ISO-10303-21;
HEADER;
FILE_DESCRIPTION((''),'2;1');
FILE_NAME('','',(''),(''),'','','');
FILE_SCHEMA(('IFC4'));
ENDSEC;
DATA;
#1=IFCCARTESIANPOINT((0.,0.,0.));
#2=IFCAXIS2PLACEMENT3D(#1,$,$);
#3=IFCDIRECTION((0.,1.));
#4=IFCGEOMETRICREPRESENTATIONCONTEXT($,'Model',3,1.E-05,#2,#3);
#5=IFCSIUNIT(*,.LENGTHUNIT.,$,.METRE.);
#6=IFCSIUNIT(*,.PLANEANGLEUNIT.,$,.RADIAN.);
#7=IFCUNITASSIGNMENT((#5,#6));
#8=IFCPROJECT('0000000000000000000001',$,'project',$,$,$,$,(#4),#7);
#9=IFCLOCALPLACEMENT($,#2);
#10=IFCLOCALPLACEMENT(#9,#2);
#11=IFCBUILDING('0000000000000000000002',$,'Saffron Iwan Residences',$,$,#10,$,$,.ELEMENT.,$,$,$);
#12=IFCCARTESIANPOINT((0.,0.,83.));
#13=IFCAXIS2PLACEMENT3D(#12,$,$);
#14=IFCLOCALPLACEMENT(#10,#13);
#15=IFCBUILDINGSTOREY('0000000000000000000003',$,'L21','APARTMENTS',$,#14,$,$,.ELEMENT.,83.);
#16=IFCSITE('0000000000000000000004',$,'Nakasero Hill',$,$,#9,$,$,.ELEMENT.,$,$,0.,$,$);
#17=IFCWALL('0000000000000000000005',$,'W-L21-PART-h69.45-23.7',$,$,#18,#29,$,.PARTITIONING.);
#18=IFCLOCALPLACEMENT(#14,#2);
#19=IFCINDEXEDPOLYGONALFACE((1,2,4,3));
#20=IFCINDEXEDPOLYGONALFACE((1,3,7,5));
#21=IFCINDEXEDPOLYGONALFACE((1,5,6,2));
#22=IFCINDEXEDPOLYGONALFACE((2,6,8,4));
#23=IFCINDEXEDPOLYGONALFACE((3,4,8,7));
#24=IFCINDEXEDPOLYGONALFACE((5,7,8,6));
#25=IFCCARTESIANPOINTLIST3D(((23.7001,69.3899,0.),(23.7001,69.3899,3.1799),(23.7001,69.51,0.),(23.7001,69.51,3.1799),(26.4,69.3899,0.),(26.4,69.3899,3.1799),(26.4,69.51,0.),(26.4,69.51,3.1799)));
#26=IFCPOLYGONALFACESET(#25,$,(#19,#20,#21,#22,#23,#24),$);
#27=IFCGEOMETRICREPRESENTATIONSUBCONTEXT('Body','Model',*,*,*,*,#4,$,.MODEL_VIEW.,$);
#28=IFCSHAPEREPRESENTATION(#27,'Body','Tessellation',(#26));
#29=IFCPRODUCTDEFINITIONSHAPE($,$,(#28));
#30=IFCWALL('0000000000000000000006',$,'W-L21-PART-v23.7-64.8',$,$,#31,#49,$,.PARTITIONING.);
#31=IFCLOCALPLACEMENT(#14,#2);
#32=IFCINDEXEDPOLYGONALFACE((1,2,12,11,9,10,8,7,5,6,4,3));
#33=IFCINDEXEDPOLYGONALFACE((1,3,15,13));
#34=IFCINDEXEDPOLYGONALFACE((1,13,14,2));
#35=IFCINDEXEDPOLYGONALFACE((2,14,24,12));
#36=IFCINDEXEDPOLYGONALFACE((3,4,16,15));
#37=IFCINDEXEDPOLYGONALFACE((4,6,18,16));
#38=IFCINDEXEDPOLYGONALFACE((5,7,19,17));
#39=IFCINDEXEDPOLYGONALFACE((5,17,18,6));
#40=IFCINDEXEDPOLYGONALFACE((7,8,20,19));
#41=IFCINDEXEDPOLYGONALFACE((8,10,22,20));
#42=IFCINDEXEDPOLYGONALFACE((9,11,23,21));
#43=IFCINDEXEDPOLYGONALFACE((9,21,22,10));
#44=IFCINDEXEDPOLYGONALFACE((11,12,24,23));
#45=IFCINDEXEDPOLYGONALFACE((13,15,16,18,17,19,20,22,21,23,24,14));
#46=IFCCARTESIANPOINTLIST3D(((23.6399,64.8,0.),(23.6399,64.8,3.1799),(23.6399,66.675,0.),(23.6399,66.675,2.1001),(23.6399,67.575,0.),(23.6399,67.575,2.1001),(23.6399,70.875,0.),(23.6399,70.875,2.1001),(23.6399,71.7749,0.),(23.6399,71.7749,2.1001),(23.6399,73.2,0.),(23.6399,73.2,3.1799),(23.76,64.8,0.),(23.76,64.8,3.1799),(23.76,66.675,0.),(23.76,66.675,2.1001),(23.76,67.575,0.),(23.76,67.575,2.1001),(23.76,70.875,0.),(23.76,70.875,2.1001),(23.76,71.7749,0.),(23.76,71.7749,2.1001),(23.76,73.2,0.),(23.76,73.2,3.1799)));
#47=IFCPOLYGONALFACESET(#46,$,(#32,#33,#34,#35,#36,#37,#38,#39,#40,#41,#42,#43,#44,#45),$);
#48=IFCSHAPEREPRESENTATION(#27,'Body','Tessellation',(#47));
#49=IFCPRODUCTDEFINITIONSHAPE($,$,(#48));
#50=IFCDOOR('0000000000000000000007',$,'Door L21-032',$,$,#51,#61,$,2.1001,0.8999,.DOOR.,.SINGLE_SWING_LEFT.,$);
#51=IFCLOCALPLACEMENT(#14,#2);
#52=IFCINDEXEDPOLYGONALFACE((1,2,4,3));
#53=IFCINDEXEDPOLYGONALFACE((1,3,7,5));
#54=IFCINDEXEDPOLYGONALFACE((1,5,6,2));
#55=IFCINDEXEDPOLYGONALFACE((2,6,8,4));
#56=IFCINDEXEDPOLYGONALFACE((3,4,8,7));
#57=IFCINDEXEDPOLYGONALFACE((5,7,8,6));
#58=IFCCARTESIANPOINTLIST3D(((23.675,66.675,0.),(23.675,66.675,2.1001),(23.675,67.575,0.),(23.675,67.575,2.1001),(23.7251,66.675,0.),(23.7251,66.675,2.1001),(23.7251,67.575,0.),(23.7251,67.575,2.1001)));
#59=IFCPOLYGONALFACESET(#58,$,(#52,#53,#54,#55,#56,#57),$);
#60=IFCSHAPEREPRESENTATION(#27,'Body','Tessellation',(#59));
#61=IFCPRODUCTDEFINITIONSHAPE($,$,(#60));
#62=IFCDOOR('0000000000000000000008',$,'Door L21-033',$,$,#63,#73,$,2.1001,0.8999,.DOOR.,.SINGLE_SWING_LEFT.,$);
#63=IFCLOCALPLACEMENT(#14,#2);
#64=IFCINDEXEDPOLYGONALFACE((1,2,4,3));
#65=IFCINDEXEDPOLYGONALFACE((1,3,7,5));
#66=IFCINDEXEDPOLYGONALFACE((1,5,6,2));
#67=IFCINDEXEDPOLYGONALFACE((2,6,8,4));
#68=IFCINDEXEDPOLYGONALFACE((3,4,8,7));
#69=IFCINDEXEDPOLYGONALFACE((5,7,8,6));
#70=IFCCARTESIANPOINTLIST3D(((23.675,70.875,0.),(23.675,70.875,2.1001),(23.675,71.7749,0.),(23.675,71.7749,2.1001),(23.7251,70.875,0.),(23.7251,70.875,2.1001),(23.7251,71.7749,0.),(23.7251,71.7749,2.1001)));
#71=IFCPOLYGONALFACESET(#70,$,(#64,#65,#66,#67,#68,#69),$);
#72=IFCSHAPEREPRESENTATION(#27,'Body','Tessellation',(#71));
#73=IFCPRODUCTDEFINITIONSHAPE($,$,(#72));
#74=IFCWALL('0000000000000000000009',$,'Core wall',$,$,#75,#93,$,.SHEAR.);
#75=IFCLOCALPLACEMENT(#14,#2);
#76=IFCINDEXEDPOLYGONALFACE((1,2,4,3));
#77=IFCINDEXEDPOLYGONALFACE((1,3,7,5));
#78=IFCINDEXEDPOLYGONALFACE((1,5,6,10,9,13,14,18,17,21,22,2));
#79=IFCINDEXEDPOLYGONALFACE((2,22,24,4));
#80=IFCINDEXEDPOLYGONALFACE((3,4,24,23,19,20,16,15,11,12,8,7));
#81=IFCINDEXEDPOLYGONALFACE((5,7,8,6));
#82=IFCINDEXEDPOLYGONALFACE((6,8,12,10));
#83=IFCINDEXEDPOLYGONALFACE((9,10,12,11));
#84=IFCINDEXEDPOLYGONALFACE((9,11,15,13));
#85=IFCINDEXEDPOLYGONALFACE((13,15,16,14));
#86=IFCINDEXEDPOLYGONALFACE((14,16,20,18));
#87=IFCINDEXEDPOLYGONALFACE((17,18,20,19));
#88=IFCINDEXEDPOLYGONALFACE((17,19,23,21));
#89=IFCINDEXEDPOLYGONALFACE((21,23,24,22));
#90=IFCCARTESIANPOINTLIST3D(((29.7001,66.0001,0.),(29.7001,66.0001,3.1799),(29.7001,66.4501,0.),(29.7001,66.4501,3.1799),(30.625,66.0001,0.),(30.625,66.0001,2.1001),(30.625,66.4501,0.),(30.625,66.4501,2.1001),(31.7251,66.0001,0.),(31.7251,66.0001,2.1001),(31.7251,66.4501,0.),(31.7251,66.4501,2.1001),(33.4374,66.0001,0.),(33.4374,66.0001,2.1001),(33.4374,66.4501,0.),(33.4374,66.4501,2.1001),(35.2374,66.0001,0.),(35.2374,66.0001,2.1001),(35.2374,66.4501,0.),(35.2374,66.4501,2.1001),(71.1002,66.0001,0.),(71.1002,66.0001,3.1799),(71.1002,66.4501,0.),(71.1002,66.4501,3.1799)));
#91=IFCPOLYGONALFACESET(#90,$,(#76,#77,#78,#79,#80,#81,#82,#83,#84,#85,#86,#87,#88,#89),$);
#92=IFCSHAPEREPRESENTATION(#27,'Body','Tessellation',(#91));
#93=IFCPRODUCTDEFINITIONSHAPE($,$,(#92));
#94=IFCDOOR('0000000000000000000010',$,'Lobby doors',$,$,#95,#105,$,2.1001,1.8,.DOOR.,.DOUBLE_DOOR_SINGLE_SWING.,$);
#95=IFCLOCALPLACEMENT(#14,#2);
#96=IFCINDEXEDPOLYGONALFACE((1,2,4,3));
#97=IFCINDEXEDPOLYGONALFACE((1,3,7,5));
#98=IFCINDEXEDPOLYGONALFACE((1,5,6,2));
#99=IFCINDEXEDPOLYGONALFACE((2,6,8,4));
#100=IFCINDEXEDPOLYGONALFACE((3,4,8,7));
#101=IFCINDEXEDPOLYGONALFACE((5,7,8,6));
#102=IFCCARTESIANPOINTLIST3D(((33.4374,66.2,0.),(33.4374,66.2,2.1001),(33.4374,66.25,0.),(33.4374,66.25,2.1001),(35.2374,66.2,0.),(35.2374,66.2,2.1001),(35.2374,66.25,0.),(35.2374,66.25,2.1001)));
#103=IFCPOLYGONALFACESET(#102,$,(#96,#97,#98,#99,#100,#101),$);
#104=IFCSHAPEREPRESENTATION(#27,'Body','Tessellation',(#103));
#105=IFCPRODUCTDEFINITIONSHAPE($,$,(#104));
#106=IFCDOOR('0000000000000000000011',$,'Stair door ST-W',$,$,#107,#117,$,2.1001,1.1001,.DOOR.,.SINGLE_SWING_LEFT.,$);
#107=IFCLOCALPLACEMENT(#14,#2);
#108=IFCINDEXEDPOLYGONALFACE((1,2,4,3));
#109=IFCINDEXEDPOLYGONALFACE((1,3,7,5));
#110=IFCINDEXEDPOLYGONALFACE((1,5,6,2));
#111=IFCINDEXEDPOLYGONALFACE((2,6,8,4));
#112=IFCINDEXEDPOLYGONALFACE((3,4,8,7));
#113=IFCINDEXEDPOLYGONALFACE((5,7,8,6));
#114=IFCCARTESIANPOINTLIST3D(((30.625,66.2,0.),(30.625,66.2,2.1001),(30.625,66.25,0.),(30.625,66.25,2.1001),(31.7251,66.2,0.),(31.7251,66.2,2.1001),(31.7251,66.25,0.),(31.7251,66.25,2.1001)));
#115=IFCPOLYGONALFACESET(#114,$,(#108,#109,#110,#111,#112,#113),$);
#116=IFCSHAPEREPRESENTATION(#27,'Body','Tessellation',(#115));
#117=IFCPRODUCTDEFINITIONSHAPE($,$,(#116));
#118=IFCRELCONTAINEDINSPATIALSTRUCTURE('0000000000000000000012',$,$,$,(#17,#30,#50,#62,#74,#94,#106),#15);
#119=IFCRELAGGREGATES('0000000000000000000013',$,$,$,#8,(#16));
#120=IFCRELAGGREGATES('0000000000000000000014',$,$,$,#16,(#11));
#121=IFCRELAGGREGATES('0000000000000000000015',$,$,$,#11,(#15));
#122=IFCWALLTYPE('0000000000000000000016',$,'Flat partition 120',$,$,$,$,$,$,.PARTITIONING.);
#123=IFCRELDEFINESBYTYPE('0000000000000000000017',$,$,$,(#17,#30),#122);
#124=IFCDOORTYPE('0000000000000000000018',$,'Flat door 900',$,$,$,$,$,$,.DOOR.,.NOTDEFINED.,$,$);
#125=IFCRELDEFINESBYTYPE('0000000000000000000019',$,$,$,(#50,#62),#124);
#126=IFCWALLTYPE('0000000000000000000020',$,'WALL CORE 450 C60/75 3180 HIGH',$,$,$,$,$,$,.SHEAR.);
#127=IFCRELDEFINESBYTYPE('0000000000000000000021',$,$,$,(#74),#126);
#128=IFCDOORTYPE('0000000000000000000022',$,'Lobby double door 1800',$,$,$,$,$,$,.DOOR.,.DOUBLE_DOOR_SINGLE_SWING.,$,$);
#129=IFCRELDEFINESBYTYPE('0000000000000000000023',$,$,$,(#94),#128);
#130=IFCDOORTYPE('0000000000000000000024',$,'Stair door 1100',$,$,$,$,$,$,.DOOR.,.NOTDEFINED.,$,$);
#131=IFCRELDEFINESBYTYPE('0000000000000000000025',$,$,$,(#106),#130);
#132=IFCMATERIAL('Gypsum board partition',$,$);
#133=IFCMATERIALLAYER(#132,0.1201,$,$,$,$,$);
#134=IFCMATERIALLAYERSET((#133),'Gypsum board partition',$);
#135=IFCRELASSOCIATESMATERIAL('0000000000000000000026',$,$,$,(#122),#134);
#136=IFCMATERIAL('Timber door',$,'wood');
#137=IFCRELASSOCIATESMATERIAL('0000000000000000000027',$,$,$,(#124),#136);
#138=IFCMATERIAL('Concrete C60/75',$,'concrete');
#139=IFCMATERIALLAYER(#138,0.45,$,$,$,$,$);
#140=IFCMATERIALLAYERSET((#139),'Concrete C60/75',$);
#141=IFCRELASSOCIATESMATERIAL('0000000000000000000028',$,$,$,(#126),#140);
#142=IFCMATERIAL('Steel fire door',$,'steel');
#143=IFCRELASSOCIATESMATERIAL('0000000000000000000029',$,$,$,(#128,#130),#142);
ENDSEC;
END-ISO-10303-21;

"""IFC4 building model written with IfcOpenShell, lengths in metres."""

from ifc_helpers import new_model, si_unit, direction, frame, frame_2d, origin, place, context, subcontext, project, spatial, rectangle, extrude, material, layer, layer_set, type_object, element, fill, save


model = new_model("IFC4")

# Units and contexts
model_context = context("Model", 3, precision=1e-05, world=origin(), true_north=direction((0.0, 1.0)))
body_context = subcontext(model_context, "Body", "Model", "MODEL_VIEW")
ifc_project = project(units=[si_unit("LENGTHUNIT", "METRE"), si_unit("PLANEANGLEUNIT", "RADIAN")], contexts=[model_context])

# Site, building, storey
site_placement = place(None, origin())
site = spatial("IfcSite", under=ifc_project, at=site_placement, Name="Nakasero Hill", CompositionType="ELEMENT", RefElevation=0.0)
building_placement = place(site_placement, origin())
building = spatial("IfcBuilding", under=site, at=building_placement, Name="Saffron Iwan Residences", CompositionType="ELEMENT")
storey_placement = place(building_placement, frame((0.0, 0.0, 83.0)))
storey = spatial("IfcBuildingStorey", under=building, at=storey_placement, Name="L21", Description="APARTMENTS", CompositionType="ELEMENT", Elevation=83.0)

# Wall
ifc_material_1 = material(Name="Gypsum board partition")
ifc_layer_1 = layer(ifc_material_1, 0.1201)
ifc_layer_set_1 = layer_set([ifc_layer_1], Name="Gypsum board partition")
wall_type_1 = type_object("IfcWallType", Name="Flat partition 120", PredefinedType="PARTITIONING", material=ifc_layer_set_1)
wall_1_placement = place(storey_placement, frame((23.7, 69.45, 0.0), z_axis=(0.0, 0.0, 1.0), x_axis=(1.0, 0.0, 0.0)))
element("IfcWall", 1, at=wall_1_placement, inside=storey, type_object=wall_type_1, Name="W-L21-PART-h69.45-23.7", PredefinedType="PARTITIONING", context=body_context, shape_type="SweptSolid", body=[
    extrude(rectangle(XDim=2.7, YDim=0.1201, at=frame_2d((1.3501, 0.0))), origin(), (0.0, 0.0, 1.0), 3.1799),
])

# Walls, openings, doors
wall_2_placement = place(storey_placement, frame((23.7, 64.8, 0.0), z_axis=(0.0, 0.0, 1.0), x_axis=(0.0, 1.0, 0.0)))
wall_2 = element("IfcWall", 2, at=wall_2_placement, inside=storey, type_object=wall_type_1, Name="W-L21-PART-v23.7-64.8", PredefinedType="PARTITIONING", context=body_context, shape_type="SweptSolid", body=[
    extrude(rectangle(XDim=8.3999, YDim=0.1201, at=frame_2d((4.2, 0.0))), origin(), (0.0, 0.0, 1.0), 3.1799),
])
opening_1_placement = place(wall_2_placement, frame((1.875, 0.0, 0.0)))
opening_1 = element("IfcOpeningElement", 3, at=opening_1_placement, cuts=wall_2, PredefinedType="OPENING", context=body_context, shape_type="SweptSolid", body=[
    extrude(rectangle(XDim=0.8999, YDim=2.1001, at=frame_2d((0.45, 1.05))), frame((0.0, 0.0701, 0.0), z_axis=(0.0, -1.0, 0.0), x_axis=(1.0, 0.0, 0.0)), (0.0, 0.0, 1.0), 0.1401),
])
opening_2_placement = place(wall_2_placement, frame((6.075, 0.0, 0.0)))
opening_2 = element("IfcOpeningElement", 4, at=opening_2_placement, cuts=wall_2, PredefinedType="OPENING", context=body_context, shape_type="SweptSolid", body=[
    extrude(rectangle(XDim=0.8999, YDim=2.1001, at=frame_2d((0.45, 1.05))), frame((0.0, 0.0701, 0.0), z_axis=(0.0, -1.0, 0.0), x_axis=(1.0, 0.0, 0.0)), (0.0, 0.0, 1.0), 0.1401),
])
ifc_material_2 = material(Name="Timber door", Category="wood")
door_type_1 = type_object("IfcDoorType", Name="Flat door 900", OperationType="NOTDEFINED", PredefinedType="DOOR", material=ifc_material_2)
door_1_placement = place(opening_1_placement, origin())
door_1 = element("IfcDoor", 5, at=door_1_placement, inside=storey, type_object=door_type_1, Name="Door L21-032", OperationType="SINGLE_SWING_LEFT", OverallHeight=2.1001, OverallWidth=0.8999, PredefinedType="DOOR", context=body_context, shape_type="SweptSolid", body=[
    extrude(rectangle(XDim=0.8999, YDim=2.1001, at=frame_2d((0.45, 1.05))), frame((0.0, 0.0249, 0.0), z_axis=(0.0, -1.0, 0.0), x_axis=(1.0, 0.0, 0.0)), (0.0, 0.0, 1.0), 0.05),
])
fill(opening_1, door_1)
door_2_placement = place(opening_2_placement, origin())
door_2 = element("IfcDoor", 6, at=door_2_placement, inside=storey, type_object=door_type_1, Name="Door L21-033", OperationType="SINGLE_SWING_LEFT", OverallHeight=2.1001, OverallWidth=0.8999, PredefinedType="DOOR", context=body_context, shape_type="SweptSolid", body=[
    extrude(rectangle(XDim=0.8999, YDim=2.1001, at=frame_2d((0.45, 1.05))), frame((0.0, 0.0249, 0.0), z_axis=(0.0, -1.0, 0.0), x_axis=(1.0, 0.0, 0.0)), (0.0, 0.0, 1.0), 0.05),
])
fill(opening_2, door_2)
ifc_material_3 = material(Name="Concrete C60/75", Category="concrete")
ifc_layer_2 = layer(ifc_material_3, 0.45)
ifc_layer_set_2 = layer_set([ifc_layer_2], Name="Concrete C60/75")
wall_type_2 = type_object("IfcWallType", Name="WALL CORE 450 C60/75 3180 HIGH", PredefinedType="SHEAR", material=ifc_layer_set_2)
wall_3_placement = place(storey_placement, frame((29.7, 66.2251, 0.0), z_axis=(0.0, 0.0, 1.0), x_axis=(1.0, 0.0, 0.0)))
wall_3 = element("IfcWall", 7, at=wall_3_placement, inside=storey, type_object=wall_type_2, Name="Core wall", PredefinedType="SHEAR", context=body_context, shape_type="SweptSolid", body=[
    extrude(rectangle(XDim=41.4001, YDim=0.45, at=frame_2d((20.7002, 0.0))), origin(), (0.0, 0.0, 1.0), 3.1799),
])
opening_3_placement = place(wall_3_placement, frame((0.925, 0.0, 0.0)))
opening_3 = element("IfcOpeningElement", 8, at=opening_3_placement, cuts=wall_3, PredefinedType="OPENING", context=body_context, shape_type="SweptSolid", body=[
    extrude(rectangle(XDim=1.1001, YDim=2.1001, at=frame_2d((0.55, 1.05))), frame((0.0, 0.2349, 0.0), z_axis=(0.0, -1.0, 0.0), x_axis=(1.0, 0.0, 0.0)), (0.0, 0.0, 1.0), 0.47),
])
opening_4_placement = place(wall_3_placement, frame((3.7375, 0.0, 0.0)))
opening_4 = element("IfcOpeningElement", 9, at=opening_4_placement, cuts=wall_3, PredefinedType="OPENING", context=body_context, shape_type="SweptSolid", body=[
    extrude(rectangle(XDim=1.8, YDim=2.1001, at=frame_2d((0.8999, 1.05))), frame((0.0, 0.2349, 0.0), z_axis=(0.0, -1.0, 0.0), x_axis=(1.0, 0.0, 0.0)), (0.0, 0.0, 1.0), 0.47),
])
ifc_material_4 = material(Name="Steel fire door", Category="steel")
door_type_2 = type_object("IfcDoorType", Name="Lobby double door 1800", OperationType="DOUBLE_DOOR_SINGLE_SWING", PredefinedType="DOOR", material=ifc_material_4)
door_3_placement = place(opening_4_placement, origin())
door_3 = element("IfcDoor", 10, at=door_3_placement, inside=storey, type_object=door_type_2, Name="Lobby doors", OperationType="DOUBLE_DOOR_SINGLE_SWING", OverallHeight=2.1001, OverallWidth=1.8, PredefinedType="DOOR", context=body_context, shape_type="SweptSolid", body=[
    extrude(rectangle(XDim=1.8, YDim=2.1001, at=frame_2d((0.8999, 1.05))), frame((0.0, 0.0249, 0.0), z_axis=(0.0, -1.0, 0.0), x_axis=(1.0, 0.0, 0.0)), (0.0, 0.0, 1.0), 0.05),
])
fill(opening_4, door_3)
door_type_3 = type_object("IfcDoorType", Name="Stair door 1100", OperationType="NOTDEFINED", PredefinedType="DOOR", material=ifc_material_4)
door_4_placement = place(opening_3_placement, origin())
door_4 = element("IfcDoor", 11, at=door_4_placement, inside=storey, type_object=door_type_3, Name="Stair door ST-W", OperationType="SINGLE_SWING_LEFT", OverallHeight=2.1001, OverallWidth=1.1001, PredefinedType="DOOR", context=body_context, shape_type="SweptSolid", body=[
    extrude(rectangle(XDim=1.1001, YDim=2.1001, at=frame_2d((0.55, 1.05))), frame((0.0, 0.0249, 0.0), z_axis=(0.0, -1.0, 0.0), x_axis=(1.0, 0.0, 0.0)), (0.0, 0.0, 1.0), 0.05),
])
fill(opening_3, door_4)

save(model, "model.ifc")
